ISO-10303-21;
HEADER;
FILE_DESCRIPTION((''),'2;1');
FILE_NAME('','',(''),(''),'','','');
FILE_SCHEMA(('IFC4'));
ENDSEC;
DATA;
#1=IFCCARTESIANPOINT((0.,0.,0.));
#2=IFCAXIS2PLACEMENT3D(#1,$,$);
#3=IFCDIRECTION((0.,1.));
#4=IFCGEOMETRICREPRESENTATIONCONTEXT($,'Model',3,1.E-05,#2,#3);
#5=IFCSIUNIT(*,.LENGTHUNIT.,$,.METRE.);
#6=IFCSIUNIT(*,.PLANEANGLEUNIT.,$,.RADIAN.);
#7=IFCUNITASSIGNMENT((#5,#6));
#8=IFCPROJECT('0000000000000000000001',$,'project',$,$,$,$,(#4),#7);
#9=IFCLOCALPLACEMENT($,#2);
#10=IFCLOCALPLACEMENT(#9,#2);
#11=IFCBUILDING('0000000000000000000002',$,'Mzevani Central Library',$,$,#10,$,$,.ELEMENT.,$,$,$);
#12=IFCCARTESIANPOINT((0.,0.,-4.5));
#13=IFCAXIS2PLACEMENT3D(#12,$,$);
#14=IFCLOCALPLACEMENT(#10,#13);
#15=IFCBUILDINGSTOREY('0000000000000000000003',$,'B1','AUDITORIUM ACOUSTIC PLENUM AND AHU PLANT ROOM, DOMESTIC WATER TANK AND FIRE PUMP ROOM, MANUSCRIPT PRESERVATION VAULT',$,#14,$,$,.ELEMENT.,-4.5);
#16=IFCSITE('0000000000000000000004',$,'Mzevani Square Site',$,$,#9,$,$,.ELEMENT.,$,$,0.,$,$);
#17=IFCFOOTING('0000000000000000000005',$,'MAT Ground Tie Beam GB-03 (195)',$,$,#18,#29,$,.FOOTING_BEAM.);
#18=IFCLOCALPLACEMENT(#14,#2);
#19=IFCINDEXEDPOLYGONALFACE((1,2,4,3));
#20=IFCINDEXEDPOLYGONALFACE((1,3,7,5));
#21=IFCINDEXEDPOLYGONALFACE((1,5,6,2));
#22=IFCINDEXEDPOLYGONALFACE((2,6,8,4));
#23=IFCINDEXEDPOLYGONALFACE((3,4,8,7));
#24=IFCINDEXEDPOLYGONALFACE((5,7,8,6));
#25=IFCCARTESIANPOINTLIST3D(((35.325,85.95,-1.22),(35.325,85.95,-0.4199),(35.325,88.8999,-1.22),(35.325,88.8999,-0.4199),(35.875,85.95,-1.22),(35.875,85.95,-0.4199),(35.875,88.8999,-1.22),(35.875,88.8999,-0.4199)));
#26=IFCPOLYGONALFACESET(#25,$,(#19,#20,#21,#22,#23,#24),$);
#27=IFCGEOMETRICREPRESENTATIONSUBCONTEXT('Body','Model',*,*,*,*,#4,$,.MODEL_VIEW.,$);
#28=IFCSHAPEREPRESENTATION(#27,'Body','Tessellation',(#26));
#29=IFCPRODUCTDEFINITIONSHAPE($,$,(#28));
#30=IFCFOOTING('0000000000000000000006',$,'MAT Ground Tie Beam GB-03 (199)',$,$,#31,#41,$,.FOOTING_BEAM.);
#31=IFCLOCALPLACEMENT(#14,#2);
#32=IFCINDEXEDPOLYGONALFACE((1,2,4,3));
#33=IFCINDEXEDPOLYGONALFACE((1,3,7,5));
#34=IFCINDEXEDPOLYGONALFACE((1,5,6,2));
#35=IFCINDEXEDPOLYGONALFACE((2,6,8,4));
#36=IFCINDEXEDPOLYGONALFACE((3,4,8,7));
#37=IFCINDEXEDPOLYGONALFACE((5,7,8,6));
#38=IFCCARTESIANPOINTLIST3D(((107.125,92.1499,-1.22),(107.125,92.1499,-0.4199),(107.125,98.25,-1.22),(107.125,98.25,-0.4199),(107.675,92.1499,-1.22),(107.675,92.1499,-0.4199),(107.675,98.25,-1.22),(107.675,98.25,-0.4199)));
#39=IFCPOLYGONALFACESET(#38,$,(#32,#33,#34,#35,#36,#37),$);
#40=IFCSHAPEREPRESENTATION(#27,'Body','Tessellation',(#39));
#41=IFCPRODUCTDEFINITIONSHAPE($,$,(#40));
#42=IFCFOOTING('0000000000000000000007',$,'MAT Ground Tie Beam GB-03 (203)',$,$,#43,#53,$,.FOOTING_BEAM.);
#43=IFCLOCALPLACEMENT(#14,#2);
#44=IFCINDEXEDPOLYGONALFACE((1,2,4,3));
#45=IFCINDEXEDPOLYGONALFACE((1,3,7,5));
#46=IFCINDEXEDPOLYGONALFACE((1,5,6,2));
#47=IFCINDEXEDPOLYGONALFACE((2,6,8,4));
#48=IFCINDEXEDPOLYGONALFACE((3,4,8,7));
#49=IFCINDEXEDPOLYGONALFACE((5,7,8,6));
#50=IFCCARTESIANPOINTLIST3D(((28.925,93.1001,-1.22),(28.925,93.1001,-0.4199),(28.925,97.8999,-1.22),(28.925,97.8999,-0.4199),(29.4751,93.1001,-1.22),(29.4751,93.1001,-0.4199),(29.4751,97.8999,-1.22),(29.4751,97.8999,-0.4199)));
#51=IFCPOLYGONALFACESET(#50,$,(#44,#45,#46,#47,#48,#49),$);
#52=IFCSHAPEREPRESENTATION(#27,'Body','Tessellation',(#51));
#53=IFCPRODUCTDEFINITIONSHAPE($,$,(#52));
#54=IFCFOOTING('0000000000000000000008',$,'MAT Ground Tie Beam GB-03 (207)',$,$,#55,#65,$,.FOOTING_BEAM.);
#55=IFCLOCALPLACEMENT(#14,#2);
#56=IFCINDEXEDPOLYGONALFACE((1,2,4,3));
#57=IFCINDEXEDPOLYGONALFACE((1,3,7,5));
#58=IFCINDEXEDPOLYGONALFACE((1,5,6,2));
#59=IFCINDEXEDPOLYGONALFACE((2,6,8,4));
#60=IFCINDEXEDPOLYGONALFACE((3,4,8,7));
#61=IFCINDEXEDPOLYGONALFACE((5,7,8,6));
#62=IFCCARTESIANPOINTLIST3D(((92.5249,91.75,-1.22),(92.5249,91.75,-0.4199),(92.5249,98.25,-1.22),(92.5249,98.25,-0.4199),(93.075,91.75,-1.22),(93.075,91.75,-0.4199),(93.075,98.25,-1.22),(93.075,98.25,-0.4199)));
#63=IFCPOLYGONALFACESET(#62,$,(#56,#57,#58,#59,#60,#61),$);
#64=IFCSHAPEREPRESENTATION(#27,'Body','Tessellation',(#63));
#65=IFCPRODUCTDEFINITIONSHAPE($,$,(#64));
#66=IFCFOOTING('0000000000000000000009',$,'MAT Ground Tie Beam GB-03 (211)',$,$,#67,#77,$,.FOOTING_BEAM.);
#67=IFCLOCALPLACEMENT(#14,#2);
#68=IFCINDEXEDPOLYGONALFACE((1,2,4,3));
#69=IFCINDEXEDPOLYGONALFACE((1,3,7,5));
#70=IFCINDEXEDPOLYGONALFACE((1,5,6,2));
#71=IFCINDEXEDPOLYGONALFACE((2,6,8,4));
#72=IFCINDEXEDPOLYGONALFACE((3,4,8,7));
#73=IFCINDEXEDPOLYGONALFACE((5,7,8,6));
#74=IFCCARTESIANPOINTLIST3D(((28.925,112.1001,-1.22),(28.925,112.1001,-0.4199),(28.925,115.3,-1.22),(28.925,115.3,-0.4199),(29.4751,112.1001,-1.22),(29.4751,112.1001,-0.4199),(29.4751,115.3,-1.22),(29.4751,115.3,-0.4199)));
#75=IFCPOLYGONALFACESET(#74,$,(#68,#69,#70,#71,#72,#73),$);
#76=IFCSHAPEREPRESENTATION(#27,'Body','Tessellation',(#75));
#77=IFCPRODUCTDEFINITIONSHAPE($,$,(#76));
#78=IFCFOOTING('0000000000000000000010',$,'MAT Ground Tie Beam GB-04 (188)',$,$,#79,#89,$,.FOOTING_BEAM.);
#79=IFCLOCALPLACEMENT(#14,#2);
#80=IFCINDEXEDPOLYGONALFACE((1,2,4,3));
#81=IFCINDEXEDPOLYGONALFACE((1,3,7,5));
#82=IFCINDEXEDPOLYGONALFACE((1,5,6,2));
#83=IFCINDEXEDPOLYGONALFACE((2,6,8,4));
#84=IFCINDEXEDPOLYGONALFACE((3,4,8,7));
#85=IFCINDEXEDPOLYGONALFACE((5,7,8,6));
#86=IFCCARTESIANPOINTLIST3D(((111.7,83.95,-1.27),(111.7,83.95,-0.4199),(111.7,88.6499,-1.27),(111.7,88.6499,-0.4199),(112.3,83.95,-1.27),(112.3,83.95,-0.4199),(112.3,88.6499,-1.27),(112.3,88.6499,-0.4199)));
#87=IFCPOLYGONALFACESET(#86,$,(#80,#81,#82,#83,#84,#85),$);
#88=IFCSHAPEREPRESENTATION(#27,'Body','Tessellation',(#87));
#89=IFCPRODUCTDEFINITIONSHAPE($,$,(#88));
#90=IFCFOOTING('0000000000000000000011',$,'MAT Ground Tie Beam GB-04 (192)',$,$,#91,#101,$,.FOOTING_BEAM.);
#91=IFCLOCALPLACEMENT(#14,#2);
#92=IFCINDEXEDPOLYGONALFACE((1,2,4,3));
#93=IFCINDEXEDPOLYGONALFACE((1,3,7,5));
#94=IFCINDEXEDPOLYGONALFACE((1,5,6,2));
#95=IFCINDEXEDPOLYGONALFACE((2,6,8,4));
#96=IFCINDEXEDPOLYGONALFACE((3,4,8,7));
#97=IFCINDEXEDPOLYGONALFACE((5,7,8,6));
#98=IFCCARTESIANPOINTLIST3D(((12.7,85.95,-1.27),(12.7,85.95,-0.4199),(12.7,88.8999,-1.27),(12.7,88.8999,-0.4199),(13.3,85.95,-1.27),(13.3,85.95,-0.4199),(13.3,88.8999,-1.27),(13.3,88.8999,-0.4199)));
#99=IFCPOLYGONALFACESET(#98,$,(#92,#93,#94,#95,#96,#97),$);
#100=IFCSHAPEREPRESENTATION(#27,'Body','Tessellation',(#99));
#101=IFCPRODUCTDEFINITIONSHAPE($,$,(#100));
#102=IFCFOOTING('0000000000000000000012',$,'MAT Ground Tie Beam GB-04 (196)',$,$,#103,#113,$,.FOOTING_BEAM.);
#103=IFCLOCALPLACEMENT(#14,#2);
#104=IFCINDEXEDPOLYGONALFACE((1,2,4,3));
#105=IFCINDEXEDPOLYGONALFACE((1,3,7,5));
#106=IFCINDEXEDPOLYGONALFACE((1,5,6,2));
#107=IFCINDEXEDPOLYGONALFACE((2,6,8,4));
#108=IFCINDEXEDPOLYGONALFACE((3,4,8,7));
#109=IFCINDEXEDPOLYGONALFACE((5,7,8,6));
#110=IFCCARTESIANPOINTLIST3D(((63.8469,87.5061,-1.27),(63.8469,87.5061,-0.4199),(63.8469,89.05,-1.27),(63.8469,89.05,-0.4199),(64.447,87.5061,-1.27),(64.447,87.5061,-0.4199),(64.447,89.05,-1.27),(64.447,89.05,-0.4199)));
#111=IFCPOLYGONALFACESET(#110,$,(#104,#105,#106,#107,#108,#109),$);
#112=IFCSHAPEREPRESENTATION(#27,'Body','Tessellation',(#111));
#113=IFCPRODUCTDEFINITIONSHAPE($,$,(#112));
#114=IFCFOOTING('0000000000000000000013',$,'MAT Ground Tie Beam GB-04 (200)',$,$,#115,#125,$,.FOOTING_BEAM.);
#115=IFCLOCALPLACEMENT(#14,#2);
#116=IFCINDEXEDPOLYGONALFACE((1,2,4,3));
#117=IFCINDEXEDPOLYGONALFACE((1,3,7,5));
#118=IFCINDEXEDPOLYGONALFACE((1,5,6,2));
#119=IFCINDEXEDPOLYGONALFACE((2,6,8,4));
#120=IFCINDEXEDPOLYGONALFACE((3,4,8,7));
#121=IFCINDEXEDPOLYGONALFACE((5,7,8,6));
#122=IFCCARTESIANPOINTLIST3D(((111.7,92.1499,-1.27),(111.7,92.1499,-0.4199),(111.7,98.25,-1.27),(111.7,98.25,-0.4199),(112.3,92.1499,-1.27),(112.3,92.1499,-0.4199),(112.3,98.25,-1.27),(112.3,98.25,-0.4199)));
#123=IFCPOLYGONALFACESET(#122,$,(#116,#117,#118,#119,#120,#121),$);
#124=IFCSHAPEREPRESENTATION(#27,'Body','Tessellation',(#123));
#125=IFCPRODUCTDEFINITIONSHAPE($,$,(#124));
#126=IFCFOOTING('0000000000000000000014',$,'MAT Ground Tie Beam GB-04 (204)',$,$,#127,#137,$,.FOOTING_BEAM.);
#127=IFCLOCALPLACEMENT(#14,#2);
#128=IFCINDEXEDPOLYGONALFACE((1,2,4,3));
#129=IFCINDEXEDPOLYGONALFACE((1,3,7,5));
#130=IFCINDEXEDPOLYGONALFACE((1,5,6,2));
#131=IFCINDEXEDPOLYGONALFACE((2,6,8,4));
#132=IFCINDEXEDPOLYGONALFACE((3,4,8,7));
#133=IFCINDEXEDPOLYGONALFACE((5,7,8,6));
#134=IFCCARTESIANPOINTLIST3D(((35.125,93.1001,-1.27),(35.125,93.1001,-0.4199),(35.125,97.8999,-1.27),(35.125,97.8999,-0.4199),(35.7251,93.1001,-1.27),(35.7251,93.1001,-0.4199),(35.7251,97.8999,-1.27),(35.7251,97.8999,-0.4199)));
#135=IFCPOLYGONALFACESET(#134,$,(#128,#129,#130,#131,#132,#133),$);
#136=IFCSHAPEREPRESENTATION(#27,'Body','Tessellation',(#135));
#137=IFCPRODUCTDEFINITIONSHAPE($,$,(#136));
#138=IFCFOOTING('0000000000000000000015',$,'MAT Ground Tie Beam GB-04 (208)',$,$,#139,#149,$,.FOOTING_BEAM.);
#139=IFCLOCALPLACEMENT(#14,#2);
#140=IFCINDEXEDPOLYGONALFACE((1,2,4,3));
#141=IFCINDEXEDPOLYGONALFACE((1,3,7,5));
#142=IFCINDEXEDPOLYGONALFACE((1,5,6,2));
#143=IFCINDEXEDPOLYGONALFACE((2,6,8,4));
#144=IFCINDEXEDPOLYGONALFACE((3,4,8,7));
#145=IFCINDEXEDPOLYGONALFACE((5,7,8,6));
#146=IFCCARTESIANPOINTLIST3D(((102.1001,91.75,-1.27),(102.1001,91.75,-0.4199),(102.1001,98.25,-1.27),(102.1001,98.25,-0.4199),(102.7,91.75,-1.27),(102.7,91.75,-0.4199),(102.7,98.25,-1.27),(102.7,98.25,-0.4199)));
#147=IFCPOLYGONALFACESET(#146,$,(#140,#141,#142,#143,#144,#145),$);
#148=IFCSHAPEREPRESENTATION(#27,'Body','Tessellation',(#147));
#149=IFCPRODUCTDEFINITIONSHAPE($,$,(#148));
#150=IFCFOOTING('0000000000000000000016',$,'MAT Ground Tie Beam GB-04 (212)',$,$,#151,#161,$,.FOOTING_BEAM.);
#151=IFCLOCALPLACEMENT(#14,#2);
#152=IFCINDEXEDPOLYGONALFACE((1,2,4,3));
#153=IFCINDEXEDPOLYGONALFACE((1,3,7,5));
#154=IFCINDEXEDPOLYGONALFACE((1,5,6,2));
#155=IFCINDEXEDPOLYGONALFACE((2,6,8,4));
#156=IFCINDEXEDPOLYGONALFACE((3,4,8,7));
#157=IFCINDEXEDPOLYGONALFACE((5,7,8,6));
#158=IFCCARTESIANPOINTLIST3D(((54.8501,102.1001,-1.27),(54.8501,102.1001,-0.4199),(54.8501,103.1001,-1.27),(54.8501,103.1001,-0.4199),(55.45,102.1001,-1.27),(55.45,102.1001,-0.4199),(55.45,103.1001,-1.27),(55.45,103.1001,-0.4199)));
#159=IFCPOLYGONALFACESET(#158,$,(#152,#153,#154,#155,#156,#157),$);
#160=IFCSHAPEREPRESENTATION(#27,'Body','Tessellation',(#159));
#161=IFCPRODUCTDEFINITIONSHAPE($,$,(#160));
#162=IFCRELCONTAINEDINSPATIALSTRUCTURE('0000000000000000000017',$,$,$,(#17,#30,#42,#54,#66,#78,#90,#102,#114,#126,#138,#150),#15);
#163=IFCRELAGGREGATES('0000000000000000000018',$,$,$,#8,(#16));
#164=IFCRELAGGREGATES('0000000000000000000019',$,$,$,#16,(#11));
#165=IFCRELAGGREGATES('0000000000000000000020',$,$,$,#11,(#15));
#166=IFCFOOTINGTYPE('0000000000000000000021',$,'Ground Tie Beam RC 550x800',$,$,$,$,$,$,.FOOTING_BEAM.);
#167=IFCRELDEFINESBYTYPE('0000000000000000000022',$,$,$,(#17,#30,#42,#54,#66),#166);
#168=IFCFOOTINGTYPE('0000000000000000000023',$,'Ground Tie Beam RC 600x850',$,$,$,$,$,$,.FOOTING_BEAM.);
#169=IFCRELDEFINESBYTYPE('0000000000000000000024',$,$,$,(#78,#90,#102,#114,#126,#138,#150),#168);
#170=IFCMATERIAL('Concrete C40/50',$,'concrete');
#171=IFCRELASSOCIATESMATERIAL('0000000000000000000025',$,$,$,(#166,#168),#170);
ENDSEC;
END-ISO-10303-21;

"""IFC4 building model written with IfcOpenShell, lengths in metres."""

from ifc_helpers import new_model, si_unit, direction, frame, origin, place, context, subcontext, project, spatial, polyline, outline, extrude, material, type_object, element, save


model = new_model("IFC4")

# Units and contexts
model_context = context("Model", 3, precision=1e-05, world=origin(), true_north=direction((0.0, 1.0)))
body_context = subcontext(model_context, "Body", "Model", "MODEL_VIEW")
ifc_project = project(units=[si_unit("LENGTHUNIT", "METRE"), si_unit("PLANEANGLEUNIT", "RADIAN")], contexts=[model_context])

# Site, building, storey
site_placement = place(None, origin())
site = spatial("IfcSite", under=ifc_project, at=site_placement, Name="Mzevani Square Site", CompositionType="ELEMENT", RefElevation=0.0)
building_placement = place(site_placement, origin())
building = spatial("IfcBuilding", under=site, at=building_placement, Name="Mzevani Central Library", CompositionType="ELEMENT")
storey_placement = place(building_placement, frame((0.0, 0.0, -4.5)))
storey = spatial("IfcBuildingStorey", under=building, at=storey_placement, Name="B1", Description="AUDITORIUM ACOUSTIC PLENUM AND AHU PLANT ROOM, DOMESTIC WATER TANK AND FIRE PUMP ROOM, MANUSCRIPT PRESERVATION VAULT", CompositionType="ELEMENT", Elevation=-4.5)

# Footings
ifc_material = material(Name="Concrete C40/50", Category="concrete")
footing_type_1 = type_object("IfcFootingType", Name="Ground Tie Beam RC 550x800", PredefinedType="FOOTING_BEAM", material=ifc_material)
footing_1_placement = place(storey_placement, frame((0.0, 0.0, -1.22)))
element("IfcFooting", 1, at=footing_1_placement, inside=storey, type_object=footing_type_1, Name="MAT Ground Tie Beam GB-03 (195)", PredefinedType="FOOTING_BEAM", context=body_context, shape_type="SweptSolid", body=[
    extrude(outline(polyline([(35.325, 85.95), (35.875, 85.95), (35.875, 88.8999), (35.325, 88.8999), (35.325, 85.95)])), origin(), (0.0, 0.0, 1.0), 0.8),
])
footing_2_placement = place(storey_placement, frame((0.0, 0.0, -1.22)))
element("IfcFooting", 2, at=footing_2_placement, inside=storey, type_object=footing_type_1, Name="MAT Ground Tie Beam GB-03 (199)", PredefinedType="FOOTING_BEAM", context=body_context, shape_type="SweptSolid", body=[
    extrude(outline(polyline([(107.125, 92.1499), (107.675, 92.1499), (107.675, 98.25), (107.125, 98.25), (107.125, 92.1499)])), origin(), (0.0, 0.0, 1.0), 0.8),
])
footing_3_placement = place(storey_placement, frame((0.0, 0.0, -1.22)))
element("IfcFooting", 3, at=footing_3_placement, inside=storey, type_object=footing_type_1, Name="MAT Ground Tie Beam GB-03 (203)", PredefinedType="FOOTING_BEAM", context=body_context, shape_type="SweptSolid", body=[
    extrude(outline(polyline([(28.925, 93.1001), (29.4751, 93.1001), (29.4751, 97.8999), (28.925, 97.8999), (28.925, 93.1001)])), origin(), (0.0, 0.0, 1.0), 0.8),
])
footing_4_placement = place(storey_placement, frame((0.0, 0.0, -1.22)))
element("IfcFooting", 4, at=footing_4_placement, inside=storey, type_object=footing_type_1, Name="MAT Ground Tie Beam GB-03 (207)", PredefinedType="FOOTING_BEAM", context=body_context, shape_type="SweptSolid", body=[
    extrude(outline(polyline([(92.5249, 91.75), (93.075, 91.75), (93.075, 98.25), (92.5249, 98.25), (92.5249, 91.75)])), origin(), (0.0, 0.0, 1.0), 0.8),
])
footing_5_placement = place(storey_placement, frame((0.0, 0.0, -1.22)))
element("IfcFooting", 5, at=footing_5_placement, inside=storey, type_object=footing_type_1, Name="MAT Ground Tie Beam GB-03 (211)", PredefinedType="FOOTING_BEAM", context=body_context, shape_type="SweptSolid", body=[
    extrude(outline(polyline([(28.925, 112.1001), (29.4751, 112.1001), (29.4751, 115.3), (28.925, 115.3), (28.925, 112.1001)])), origin(), (0.0, 0.0, 1.0), 0.8),
])
footing_type_2 = type_object("IfcFootingType", Name="Ground Tie Beam RC 600x850", PredefinedType="FOOTING_BEAM", material=ifc_material)
footing_6_placement = place(storey_placement, frame((0.0, 0.0, -1.27)))
element("IfcFooting", 6, at=footing_6_placement, inside=storey, type_object=footing_type_2, Name="MAT Ground Tie Beam GB-04 (188)", PredefinedType="FOOTING_BEAM", context=body_context, shape_type="SweptSolid", body=[
    extrude(outline(polyline([(111.7, 83.95), (112.3, 83.95), (112.3, 88.6499), (111.7, 88.6499), (111.7, 83.95)])), origin(), (0.0, 0.0, 1.0), 0.8501),
])
footing_7_placement = place(storey_placement, frame((0.0, 0.0, -1.27)))
element("IfcFooting", 7, at=footing_7_placement, inside=storey, type_object=footing_type_2, Name="MAT Ground Tie Beam GB-04 (192)", PredefinedType="FOOTING_BEAM", context=body_context, shape_type="SweptSolid", body=[
    extrude(outline(polyline([(12.7, 85.95), (13.3, 85.95), (13.3, 88.8999), (12.7, 88.8999), (12.7, 85.95)])), origin(), (0.0, 0.0, 1.0), 0.8501),
])
footing_8_placement = place(storey_placement, frame((0.0, 0.0, -1.27)))
element("IfcFooting", 8, at=footing_8_placement, inside=storey, type_object=footing_type_2, Name="MAT Ground Tie Beam GB-04 (196)", PredefinedType="FOOTING_BEAM", context=body_context, shape_type="SweptSolid", body=[
    extrude(outline(polyline([(63.8469, 87.5061), (64.447, 87.5061), (64.447, 89.05), (63.8469, 89.05), (63.8469, 87.5061)])), origin(), (0.0, 0.0, 1.0), 0.8501),
])
footing_9_placement = place(storey_placement, frame((0.0, 0.0, -1.27)))
element("IfcFooting", 9, at=footing_9_placement, inside=storey, type_object=footing_type_2, Name="MAT Ground Tie Beam GB-04 (200)", PredefinedType="FOOTING_BEAM", context=body_context, shape_type="SweptSolid", body=[
    extrude(outline(polyline([(111.7, 92.1499), (112.3, 92.1499), (112.3, 98.25), (111.7, 98.25), (111.7, 92.1499)])), origin(), (0.0, 0.0, 1.0), 0.8501),
])
footing_10_placement = place(storey_placement, frame((0.0, 0.0, -1.27)))
element("IfcFooting", 10, at=footing_10_placement, inside=storey, type_object=footing_type_2, Name="MAT Ground Tie Beam GB-04 (204)", PredefinedType="FOOTING_BEAM", context=body_context, shape_type="SweptSolid", body=[
    extrude(outline(polyline([(35.125, 93.1001), (35.7251, 93.1001), (35.7251, 97.8999), (35.125, 97.8999), (35.125, 93.1001)])), origin(), (0.0, 0.0, 1.0), 0.8501),
])
footing_11_placement = place(storey_placement, frame((0.0, 0.0, -1.27)))
element("IfcFooting", 11, at=footing_11_placement, inside=storey, type_object=footing_type_2, Name="MAT Ground Tie Beam GB-04 (208)", PredefinedType="FOOTING_BEAM", context=body_context, shape_type="SweptSolid", body=[
    extrude(outline(polyline([(102.1001, 91.75), (102.7, 91.75), (102.7, 98.25), (102.1001, 98.25), (102.1001, 91.75)])), origin(), (0.0, 0.0, 1.0), 0.8501),
])
footing_12_placement = place(storey_placement, frame((0.0, 0.0, -1.27)))
element("IfcFooting", 12, at=footing_12_placement, inside=storey, type_object=footing_type_2, Name="MAT Ground Tie Beam GB-04 (212)", PredefinedType="FOOTING_BEAM", context=body_context, shape_type="SweptSolid", body=[
    extrude(outline(polyline([(54.8501, 102.1001), (55.45, 102.1001), (55.45, 103.1001), (54.8501, 103.1001), (54.8501, 102.1001)])), origin(), (0.0, 0.0, 1.0), 0.8501),
])

save(model, "model.ifc")
